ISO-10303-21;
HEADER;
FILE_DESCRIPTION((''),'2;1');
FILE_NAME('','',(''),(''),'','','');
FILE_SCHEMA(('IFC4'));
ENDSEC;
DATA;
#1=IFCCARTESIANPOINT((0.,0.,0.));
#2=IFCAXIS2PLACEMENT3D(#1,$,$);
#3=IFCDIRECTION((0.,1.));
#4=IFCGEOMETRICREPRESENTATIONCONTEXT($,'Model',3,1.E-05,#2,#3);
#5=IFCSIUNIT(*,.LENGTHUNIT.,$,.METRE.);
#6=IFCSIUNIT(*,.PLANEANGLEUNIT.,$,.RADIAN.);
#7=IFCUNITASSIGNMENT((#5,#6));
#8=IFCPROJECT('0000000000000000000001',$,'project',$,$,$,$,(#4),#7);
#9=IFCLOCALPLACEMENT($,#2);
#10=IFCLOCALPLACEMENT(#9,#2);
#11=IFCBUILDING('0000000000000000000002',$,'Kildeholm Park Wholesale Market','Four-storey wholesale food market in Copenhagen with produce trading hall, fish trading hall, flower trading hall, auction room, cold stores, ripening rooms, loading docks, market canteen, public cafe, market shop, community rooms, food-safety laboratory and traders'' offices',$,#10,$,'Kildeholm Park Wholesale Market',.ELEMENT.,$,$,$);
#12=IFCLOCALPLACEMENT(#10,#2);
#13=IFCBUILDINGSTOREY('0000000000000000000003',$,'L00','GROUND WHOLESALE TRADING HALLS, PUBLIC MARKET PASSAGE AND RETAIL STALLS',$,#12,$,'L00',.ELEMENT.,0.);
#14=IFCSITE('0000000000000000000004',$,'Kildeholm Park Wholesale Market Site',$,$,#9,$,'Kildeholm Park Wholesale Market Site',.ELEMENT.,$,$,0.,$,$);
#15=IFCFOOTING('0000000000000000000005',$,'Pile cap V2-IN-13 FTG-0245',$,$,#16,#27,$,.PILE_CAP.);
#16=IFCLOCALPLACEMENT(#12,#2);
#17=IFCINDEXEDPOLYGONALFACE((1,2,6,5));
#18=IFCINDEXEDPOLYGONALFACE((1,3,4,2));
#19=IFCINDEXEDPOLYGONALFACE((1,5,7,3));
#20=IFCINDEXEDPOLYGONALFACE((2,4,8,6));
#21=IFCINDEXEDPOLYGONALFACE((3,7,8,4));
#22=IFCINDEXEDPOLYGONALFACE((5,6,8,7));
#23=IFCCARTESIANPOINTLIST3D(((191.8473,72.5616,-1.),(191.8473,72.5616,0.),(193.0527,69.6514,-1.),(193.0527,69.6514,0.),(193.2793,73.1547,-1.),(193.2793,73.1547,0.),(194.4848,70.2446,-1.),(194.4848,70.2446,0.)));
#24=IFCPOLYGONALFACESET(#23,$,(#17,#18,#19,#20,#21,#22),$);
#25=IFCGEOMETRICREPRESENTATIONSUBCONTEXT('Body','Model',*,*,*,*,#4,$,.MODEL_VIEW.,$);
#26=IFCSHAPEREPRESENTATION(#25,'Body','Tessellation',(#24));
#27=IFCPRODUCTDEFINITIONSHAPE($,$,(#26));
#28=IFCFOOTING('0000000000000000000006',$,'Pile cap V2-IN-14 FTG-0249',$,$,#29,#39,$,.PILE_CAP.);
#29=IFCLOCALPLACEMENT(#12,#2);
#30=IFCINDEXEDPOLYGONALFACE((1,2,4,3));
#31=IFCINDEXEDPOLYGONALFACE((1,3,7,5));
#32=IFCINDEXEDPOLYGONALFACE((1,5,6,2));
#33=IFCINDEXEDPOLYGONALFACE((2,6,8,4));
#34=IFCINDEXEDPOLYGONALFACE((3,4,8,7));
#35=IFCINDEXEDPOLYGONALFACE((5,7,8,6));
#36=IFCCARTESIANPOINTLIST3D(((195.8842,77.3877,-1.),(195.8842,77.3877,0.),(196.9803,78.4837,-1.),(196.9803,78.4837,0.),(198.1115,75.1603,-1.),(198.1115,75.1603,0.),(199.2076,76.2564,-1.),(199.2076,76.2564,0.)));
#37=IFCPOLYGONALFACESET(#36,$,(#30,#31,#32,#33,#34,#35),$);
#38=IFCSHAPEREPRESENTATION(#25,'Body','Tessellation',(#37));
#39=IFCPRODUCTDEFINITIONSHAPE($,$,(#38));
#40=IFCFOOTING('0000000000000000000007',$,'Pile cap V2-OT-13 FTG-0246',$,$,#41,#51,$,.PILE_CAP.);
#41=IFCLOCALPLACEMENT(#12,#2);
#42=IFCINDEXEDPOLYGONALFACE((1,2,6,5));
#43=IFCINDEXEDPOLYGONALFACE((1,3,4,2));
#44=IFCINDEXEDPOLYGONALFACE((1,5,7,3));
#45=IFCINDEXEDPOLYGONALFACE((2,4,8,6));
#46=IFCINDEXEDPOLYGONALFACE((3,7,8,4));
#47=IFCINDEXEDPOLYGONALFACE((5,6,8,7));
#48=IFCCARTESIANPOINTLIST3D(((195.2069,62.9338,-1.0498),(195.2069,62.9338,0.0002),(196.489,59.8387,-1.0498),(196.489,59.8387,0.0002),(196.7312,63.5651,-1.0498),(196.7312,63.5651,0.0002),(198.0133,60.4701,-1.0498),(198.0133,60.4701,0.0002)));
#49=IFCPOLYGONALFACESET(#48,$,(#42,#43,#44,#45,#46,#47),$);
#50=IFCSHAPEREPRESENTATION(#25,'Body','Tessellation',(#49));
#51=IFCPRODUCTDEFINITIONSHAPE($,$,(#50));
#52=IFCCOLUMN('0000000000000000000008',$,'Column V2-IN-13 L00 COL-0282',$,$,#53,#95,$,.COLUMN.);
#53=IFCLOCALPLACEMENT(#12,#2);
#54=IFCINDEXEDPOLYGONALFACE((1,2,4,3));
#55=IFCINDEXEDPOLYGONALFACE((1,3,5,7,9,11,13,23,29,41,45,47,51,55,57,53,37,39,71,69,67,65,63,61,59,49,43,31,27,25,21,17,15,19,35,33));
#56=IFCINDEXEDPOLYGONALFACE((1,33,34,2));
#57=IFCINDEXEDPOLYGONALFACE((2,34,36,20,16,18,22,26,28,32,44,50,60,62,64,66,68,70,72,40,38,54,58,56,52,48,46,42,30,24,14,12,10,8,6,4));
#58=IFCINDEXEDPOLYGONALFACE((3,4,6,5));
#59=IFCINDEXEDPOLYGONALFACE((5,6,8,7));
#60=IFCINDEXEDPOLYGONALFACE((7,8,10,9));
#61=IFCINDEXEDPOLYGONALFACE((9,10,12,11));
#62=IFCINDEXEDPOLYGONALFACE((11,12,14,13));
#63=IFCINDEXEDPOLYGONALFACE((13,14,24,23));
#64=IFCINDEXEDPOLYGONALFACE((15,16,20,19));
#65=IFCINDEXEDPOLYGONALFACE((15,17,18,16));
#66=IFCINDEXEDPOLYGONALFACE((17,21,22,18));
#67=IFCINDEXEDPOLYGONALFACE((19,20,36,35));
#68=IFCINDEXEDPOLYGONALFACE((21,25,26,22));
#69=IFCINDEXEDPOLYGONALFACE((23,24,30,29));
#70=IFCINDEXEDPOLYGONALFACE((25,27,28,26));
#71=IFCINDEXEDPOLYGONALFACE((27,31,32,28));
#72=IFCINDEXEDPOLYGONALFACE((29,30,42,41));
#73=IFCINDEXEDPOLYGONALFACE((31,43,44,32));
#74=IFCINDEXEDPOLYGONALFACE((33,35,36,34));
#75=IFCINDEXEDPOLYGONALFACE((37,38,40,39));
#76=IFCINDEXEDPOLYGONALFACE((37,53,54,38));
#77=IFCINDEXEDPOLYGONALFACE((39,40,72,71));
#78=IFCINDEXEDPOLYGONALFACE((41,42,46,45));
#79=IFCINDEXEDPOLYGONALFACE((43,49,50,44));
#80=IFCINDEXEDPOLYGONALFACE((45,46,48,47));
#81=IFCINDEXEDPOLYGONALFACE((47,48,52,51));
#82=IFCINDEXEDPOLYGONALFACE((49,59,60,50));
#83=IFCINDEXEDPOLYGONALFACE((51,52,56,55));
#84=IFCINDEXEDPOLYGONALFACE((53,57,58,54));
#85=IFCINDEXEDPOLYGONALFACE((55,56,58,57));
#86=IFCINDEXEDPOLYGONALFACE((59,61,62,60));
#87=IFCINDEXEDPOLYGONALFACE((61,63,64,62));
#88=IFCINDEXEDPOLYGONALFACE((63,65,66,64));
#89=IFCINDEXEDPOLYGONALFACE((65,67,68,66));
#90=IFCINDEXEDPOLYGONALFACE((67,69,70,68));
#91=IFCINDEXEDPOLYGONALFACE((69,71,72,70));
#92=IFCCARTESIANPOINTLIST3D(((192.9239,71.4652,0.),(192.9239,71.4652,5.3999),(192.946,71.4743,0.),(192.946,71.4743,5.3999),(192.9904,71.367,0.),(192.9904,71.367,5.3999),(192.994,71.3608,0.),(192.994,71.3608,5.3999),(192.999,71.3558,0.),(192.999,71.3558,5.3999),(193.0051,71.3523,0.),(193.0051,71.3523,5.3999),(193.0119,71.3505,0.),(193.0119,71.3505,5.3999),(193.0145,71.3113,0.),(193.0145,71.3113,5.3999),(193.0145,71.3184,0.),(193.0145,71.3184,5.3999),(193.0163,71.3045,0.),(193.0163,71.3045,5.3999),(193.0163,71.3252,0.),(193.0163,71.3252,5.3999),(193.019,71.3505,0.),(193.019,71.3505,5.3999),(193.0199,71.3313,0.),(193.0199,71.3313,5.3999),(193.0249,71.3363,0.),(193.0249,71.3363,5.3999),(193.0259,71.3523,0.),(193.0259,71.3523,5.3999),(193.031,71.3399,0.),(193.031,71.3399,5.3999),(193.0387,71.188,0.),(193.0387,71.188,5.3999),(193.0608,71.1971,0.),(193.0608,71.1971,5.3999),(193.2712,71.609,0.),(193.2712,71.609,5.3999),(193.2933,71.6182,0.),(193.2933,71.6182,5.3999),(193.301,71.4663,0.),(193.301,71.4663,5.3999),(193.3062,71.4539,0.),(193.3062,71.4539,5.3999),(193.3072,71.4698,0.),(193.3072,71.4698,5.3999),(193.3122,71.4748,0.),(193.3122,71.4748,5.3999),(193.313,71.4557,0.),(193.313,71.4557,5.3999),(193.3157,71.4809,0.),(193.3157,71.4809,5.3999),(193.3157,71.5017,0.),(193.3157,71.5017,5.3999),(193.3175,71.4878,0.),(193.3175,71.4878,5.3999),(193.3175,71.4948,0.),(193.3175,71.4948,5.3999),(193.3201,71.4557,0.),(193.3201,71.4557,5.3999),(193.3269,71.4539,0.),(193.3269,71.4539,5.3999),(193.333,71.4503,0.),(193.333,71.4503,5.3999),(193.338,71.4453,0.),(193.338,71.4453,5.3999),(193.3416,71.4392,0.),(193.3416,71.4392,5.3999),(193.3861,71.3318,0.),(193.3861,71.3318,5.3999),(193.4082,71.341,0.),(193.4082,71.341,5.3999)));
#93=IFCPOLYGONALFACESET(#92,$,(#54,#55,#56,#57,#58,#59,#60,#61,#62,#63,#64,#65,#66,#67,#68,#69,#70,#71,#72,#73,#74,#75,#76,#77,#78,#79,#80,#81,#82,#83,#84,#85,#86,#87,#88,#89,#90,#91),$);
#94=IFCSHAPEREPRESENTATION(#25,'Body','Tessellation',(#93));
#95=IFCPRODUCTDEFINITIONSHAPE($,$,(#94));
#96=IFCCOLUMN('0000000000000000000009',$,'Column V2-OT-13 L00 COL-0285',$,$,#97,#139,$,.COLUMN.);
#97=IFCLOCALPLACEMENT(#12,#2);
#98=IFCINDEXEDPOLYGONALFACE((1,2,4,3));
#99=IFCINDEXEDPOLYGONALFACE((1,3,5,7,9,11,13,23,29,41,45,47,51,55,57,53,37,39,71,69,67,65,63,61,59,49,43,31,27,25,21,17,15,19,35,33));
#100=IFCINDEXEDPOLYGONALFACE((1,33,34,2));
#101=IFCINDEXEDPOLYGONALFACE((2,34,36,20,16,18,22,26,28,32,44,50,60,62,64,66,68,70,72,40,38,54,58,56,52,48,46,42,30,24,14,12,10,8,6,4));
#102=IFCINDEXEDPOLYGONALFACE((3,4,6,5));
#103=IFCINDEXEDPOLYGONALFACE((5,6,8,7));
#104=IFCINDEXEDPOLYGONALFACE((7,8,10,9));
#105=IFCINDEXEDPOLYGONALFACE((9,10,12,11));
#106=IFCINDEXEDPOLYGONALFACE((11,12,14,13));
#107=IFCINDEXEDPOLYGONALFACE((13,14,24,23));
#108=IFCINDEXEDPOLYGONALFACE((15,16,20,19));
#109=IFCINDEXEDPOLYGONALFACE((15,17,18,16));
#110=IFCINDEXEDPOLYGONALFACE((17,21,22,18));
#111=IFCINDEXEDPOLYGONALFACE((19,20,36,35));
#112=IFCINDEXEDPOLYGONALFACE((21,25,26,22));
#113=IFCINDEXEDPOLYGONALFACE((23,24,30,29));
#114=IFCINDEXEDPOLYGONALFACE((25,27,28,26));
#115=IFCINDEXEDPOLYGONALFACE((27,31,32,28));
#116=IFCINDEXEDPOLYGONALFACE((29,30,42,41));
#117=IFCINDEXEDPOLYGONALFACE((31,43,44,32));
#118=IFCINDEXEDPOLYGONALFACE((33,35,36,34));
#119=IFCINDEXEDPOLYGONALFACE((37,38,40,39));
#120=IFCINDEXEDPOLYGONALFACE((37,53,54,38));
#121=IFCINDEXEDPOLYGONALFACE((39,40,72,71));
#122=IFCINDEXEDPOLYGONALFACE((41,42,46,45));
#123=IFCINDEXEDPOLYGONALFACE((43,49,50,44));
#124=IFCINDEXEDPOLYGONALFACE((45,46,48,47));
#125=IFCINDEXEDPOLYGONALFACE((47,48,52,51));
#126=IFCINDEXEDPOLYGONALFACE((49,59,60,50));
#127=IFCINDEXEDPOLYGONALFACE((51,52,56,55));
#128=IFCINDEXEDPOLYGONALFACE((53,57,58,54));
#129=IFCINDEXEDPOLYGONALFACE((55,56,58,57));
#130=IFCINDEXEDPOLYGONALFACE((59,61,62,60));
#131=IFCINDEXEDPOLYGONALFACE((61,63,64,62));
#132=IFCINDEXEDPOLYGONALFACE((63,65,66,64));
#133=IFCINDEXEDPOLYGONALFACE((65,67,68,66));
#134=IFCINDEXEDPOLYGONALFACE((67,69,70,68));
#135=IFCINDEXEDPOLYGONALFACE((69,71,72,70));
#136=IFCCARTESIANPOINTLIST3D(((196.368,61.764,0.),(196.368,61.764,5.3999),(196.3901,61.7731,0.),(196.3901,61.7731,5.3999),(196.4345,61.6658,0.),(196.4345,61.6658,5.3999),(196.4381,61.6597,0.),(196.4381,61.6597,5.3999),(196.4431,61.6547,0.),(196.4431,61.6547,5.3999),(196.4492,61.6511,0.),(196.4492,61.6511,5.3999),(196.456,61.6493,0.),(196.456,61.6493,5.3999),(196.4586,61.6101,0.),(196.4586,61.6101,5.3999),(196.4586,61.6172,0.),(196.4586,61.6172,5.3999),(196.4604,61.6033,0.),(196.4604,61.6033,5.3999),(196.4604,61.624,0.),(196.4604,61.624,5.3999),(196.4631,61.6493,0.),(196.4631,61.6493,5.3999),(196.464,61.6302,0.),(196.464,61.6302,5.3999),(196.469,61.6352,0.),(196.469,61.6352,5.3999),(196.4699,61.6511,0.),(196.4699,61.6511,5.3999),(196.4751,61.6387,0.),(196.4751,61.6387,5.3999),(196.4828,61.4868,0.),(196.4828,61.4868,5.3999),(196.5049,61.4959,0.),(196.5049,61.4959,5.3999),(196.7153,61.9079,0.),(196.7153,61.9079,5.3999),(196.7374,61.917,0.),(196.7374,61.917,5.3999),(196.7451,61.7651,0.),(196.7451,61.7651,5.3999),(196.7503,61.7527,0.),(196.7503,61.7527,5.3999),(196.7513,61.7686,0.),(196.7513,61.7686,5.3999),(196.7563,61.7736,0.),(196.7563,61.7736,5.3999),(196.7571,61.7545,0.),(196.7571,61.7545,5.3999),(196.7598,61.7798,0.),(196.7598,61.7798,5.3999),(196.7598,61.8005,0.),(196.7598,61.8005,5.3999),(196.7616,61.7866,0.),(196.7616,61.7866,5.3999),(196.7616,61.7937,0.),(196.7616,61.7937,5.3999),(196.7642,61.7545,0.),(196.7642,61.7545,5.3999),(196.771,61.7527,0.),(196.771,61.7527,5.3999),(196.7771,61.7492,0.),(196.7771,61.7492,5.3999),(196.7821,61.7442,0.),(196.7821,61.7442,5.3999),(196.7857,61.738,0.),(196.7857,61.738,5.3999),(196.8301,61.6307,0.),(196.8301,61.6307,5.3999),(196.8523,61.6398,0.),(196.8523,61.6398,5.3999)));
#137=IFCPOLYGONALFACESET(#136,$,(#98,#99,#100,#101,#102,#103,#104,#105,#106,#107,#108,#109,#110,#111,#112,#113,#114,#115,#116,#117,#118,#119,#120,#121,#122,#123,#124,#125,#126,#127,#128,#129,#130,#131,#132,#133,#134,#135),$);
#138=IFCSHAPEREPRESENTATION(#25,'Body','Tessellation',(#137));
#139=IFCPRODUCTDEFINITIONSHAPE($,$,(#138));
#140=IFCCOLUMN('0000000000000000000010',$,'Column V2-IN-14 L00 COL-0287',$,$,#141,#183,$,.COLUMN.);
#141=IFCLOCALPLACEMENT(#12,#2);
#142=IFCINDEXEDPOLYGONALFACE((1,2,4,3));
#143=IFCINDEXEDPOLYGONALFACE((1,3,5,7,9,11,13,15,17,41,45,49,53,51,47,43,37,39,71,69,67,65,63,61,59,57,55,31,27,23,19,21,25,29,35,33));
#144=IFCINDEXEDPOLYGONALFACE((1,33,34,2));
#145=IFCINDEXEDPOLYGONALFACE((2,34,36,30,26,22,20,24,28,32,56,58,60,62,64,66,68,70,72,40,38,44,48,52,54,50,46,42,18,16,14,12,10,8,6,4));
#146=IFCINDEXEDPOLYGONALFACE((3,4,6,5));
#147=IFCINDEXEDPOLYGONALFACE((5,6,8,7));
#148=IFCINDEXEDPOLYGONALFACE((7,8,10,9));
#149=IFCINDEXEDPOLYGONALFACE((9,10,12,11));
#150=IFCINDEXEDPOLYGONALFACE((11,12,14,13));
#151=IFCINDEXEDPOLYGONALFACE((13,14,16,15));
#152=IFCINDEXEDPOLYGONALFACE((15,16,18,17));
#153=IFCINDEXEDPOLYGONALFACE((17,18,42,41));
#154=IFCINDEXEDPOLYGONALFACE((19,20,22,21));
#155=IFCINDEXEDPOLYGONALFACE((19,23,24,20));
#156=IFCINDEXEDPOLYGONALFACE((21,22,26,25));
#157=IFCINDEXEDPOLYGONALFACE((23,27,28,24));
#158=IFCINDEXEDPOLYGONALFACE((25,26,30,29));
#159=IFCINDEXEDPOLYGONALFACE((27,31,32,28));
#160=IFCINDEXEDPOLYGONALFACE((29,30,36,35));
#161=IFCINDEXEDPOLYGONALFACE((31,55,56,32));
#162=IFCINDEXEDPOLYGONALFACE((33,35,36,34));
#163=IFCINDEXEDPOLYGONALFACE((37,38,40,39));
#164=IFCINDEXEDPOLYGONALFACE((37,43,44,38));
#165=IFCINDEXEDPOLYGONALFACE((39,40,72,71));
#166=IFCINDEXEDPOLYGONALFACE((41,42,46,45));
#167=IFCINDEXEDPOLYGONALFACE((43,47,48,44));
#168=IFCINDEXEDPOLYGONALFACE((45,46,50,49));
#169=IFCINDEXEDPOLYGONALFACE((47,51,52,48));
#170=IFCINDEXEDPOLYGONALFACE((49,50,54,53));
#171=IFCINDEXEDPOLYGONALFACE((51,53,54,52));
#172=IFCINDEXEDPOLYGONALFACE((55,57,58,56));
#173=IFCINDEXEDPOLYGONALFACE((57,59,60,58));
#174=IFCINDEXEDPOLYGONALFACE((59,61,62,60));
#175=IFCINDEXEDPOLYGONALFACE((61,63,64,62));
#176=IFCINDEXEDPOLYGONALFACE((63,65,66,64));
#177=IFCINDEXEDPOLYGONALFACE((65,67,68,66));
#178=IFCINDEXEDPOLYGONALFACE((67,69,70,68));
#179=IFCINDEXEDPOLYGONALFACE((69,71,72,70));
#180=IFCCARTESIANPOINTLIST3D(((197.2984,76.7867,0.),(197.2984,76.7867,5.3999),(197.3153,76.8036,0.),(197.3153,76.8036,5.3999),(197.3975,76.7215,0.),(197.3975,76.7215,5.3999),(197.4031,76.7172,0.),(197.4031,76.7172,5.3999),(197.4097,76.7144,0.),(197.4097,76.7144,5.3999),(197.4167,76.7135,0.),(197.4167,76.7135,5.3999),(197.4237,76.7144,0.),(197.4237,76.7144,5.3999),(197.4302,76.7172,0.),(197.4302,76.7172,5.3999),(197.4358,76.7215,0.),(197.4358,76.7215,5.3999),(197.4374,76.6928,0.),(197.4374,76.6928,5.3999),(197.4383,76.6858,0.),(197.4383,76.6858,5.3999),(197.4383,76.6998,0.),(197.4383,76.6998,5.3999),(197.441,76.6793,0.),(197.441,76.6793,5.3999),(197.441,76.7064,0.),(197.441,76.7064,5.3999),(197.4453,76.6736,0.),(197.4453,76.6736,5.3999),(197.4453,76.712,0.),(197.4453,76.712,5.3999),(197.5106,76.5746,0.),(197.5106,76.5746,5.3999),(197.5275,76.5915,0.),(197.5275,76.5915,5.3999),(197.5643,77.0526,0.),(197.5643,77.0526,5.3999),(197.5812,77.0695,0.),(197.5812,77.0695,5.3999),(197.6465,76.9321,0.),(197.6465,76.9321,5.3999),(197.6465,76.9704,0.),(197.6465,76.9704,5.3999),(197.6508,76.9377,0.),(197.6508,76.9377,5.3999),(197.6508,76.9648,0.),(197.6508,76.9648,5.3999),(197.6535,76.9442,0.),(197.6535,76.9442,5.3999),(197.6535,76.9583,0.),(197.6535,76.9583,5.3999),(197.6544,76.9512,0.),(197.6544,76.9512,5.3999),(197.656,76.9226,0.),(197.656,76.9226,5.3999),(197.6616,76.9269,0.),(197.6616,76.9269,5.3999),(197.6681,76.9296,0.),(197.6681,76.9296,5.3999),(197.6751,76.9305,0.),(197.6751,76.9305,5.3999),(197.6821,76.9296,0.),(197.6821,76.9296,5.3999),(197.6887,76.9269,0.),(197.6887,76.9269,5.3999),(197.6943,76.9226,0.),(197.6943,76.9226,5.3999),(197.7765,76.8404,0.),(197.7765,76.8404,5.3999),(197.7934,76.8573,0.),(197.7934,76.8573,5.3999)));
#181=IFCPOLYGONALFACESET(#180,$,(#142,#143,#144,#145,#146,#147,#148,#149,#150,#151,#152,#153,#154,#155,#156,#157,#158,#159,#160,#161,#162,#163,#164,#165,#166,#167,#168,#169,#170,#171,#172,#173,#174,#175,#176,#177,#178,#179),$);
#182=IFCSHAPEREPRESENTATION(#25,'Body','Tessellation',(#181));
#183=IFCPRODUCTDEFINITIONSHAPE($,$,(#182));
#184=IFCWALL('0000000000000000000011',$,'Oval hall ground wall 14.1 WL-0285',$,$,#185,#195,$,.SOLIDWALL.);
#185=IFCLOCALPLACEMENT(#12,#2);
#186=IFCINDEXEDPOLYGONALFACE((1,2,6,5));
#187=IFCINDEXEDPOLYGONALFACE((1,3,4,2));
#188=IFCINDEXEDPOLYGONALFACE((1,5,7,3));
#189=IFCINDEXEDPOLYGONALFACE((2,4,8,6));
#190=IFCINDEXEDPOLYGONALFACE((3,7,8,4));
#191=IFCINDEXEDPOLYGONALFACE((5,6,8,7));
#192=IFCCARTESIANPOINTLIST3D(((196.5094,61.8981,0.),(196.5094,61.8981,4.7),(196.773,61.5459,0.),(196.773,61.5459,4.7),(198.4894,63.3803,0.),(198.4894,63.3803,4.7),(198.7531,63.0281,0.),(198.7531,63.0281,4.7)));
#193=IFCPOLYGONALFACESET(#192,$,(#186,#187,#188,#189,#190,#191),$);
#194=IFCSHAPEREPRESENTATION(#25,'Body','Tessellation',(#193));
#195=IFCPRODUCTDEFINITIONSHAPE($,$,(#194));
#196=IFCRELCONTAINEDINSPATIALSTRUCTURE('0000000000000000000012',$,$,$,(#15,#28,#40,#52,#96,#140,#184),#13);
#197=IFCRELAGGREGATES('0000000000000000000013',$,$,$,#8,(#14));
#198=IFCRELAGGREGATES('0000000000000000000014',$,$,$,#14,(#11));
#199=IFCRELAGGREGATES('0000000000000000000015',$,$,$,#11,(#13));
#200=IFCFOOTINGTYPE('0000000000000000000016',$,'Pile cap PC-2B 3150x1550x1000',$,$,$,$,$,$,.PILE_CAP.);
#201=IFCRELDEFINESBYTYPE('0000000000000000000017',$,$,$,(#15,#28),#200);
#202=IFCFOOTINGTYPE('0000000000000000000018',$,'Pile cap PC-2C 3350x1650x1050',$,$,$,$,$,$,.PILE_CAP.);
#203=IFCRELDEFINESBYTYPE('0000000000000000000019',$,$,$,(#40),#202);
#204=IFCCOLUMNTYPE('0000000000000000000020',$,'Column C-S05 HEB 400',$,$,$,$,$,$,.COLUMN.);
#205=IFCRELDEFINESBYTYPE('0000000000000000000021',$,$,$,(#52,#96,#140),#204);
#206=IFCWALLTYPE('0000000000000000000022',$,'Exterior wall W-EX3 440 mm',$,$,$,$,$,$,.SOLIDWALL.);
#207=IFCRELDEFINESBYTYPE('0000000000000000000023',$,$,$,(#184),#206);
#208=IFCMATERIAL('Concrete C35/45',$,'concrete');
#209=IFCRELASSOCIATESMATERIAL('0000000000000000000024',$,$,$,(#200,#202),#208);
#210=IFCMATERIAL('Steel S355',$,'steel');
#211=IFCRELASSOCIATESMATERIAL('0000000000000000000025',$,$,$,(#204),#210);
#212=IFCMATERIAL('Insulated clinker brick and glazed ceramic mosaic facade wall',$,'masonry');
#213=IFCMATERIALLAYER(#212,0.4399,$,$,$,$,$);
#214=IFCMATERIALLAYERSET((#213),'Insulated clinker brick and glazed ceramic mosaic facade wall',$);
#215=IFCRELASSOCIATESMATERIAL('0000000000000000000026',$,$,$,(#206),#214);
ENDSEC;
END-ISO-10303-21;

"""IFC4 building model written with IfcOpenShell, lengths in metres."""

from ifc_helpers import new_model, si_unit, direction, frame, frame_2d, origin, origin_2d, place, context, subcontext, project, spatial, rectangle, i_section, extrude, material, layer, layer_set, material_profile, profile_set, type_object, element, save


model = new_model("IFC4")

# Units and contexts
model_context = context("Model", 3, precision=1e-05, world=origin(), true_north=direction((0.0, 1.0)))
body_context = subcontext(model_context, "Body", "Model", "MODEL_VIEW")
ifc_project = project(units=[si_unit("LENGTHUNIT", "METRE"), si_unit("PLANEANGLEUNIT", "RADIAN")], contexts=[model_context])

# Site, building, storey
site_placement = place(None, origin())
site = spatial("IfcSite", under=ifc_project, at=site_placement, Name="Kildeholm Park Wholesale Market Site", LongName="Kildeholm Park Wholesale Market Site", CompositionType="ELEMENT", RefElevation=0.0)
building_placement = place(site_placement, origin())
building = spatial("IfcBuilding", under=site, at=building_placement, Name="Kildeholm Park Wholesale Market", Description="Four-storey wholesale food market in Copenhagen with produce trading hall, fish trading hall, flower trading hall, auction room, cold stores, ripening rooms, loading docks, market canteen, public cafe, market shop, community rooms, food-safety laboratory and traders' offices", LongName="Kildeholm Park Wholesale Market", CompositionType="ELEMENT")
storey_placement = place(building_placement, origin())
storey = spatial("IfcBuildingStorey", under=building, at=storey_placement, Name="L00", Description="GROUND WHOLESALE TRADING HALLS, PUBLIC MARKET PASSAGE AND RETAIL STALLS", LongName="L00", CompositionType="ELEMENT", Elevation=0.0)

# Shared definitions
ifc_material_1 = material(Name="Concrete C35/45", Category="concrete")

# Footings
footing_type_1 = type_object("IfcFootingType", Name="Pile cap PC-2B 3150x1550x1000", PredefinedType="PILE_CAP", material=ifc_material_1)
for number, where, z_axis, x_axis, name in (
    (1, (193.166, 71.4031, -1.0), (0.0, 0.0, 1.0), (0.382683, -0.92388, 0.0), "Pile cap V2-IN-13 FTG-0245"),
    (2, (197.5459, 76.822, -1.0), (0.0, 0.0, 1.0), (0.707107, -0.707107, 0.0), "Pile cap V2-IN-14 FTG-0249"),
):
    element("IfcFooting", number, at=place(storey_placement, frame(where, z_axis=z_axis, x_axis=x_axis)), inside=storey, type_object=footing_type_1, Name=name, PredefinedType="PILE_CAP", context=body_context, shape_type="SweptSolid", body=[
        extrude(rectangle(XDim=3.1499, YDim=1.55, at=origin_2d()), origin(), (0.0, 0.0, 1.0), 1.0),
    ])
footing_type_2 = type_object("IfcFootingType", Name="Pile cap PC-2C 3350x1650x1050", PredefinedType="PILE_CAP", material=ifc_material_1)
footing_1_placement = place(storey_placement, frame((196.6101, 61.7019, -1.0498), z_axis=(0.0, 0.0, 1.0), x_axis=(0.382683, -0.92388, 0.0)))
element("IfcFooting", 3, at=footing_1_placement, inside=storey, type_object=footing_type_2, Name="Pile cap V2-OT-13 FTG-0246", PredefinedType="PILE_CAP", context=body_context, shape_type="SweptSolid", body=[
    extrude(rectangle(XDim=3.3501, YDim=1.6499, at=origin_2d()), origin(), (0.0, 0.0, 1.0), 1.05),
])

# Columns
ifc_material_2 = material(Name="Steel S355", Category="steel")
ifc_material_profile_1 = material_profile(ifc_material_2, i_section(OverallWidth=0.3, OverallDepth=0.3999, WebThickness=0.0134, FlangeThickness=0.0239, FilletRadius=0.0271, at=origin_2d()), Name="HEB 400")
ifc_profile_set_1 = profile_set([ifc_material_profile_1], Name="Steel S355")
column_type = type_object("IfcColumnType", Name="Column C-S05 HEB 400", PredefinedType="COLUMN", material=ifc_profile_set_1)
for number, where, z_axis, x_axis, name in (
    (4, (193.166, 71.4031, 0.0), (0.0, 0.0, 1.0), (0.382683, -0.92388, 0.0), "Column V2-IN-13 L00 COL-0282"),
    (5, (196.6101, 61.7019, 0.0), (0.0, 0.0, 1.0), (0.382683, -0.92388, 0.0), "Column V2-OT-13 L00 COL-0285"),
    (6, (197.5459, 76.822, 0.0), (0.0, 0.0, 1.0), (0.707107, -0.707107, 0.0), "Column V2-IN-14 L00 COL-0287"),
):
    element("IfcColumn", number, at=place(storey_placement, frame(where, z_axis=z_axis, x_axis=x_axis)), inside=storey, type_object=column_type, Name=name, PredefinedType="COLUMN", context=body_context, shape_type="SweptSolid", body=[
        extrude(i_section(OverallWidth=0.3, OverallDepth=0.3999, WebThickness=0.0134, FlangeThickness=0.0239, FilletRadius=0.0271, at=origin_2d()), origin(), (0.0, 0.0, 1.0), 5.3999),
    ])

# Wall
ifc_material_3 = material(Name="Insulated clinker brick and glazed ceramic mosaic facade wall", Category="masonry")
ifc_layer_1 = layer(ifc_material_3, 0.4399)
ifc_layer_set_1 = layer_set([ifc_layer_1], Name="Insulated clinker brick and glazed ceramic mosaic facade wall")
wall_type_1 = type_object("IfcWallType", Name="Exterior wall W-EX3 440 mm", PredefinedType="SOLIDWALL", material=ifc_layer_set_1)
wall_1_placement = place(storey_placement, frame((196.6411, 61.7219, 0.0), z_axis=(0.0, 0.0, 1.0), x_axis=(0.800545, 0.599273, 0.0)))
element("IfcWall", 7, at=wall_1_placement, inside=storey, type_object=wall_type_1, Name="Oval hall ground wall 14.1 WL-0285", PredefinedType="SOLIDWALL", context=body_context, shape_type="SweptSolid", body=[
    extrude(rectangle(XDim=2.4734, YDim=0.4399, at=frame_2d((1.2368, 0.0))), origin(), (0.0, 0.0, 1.0), 4.7),
])

save(model, "model.ifc")
